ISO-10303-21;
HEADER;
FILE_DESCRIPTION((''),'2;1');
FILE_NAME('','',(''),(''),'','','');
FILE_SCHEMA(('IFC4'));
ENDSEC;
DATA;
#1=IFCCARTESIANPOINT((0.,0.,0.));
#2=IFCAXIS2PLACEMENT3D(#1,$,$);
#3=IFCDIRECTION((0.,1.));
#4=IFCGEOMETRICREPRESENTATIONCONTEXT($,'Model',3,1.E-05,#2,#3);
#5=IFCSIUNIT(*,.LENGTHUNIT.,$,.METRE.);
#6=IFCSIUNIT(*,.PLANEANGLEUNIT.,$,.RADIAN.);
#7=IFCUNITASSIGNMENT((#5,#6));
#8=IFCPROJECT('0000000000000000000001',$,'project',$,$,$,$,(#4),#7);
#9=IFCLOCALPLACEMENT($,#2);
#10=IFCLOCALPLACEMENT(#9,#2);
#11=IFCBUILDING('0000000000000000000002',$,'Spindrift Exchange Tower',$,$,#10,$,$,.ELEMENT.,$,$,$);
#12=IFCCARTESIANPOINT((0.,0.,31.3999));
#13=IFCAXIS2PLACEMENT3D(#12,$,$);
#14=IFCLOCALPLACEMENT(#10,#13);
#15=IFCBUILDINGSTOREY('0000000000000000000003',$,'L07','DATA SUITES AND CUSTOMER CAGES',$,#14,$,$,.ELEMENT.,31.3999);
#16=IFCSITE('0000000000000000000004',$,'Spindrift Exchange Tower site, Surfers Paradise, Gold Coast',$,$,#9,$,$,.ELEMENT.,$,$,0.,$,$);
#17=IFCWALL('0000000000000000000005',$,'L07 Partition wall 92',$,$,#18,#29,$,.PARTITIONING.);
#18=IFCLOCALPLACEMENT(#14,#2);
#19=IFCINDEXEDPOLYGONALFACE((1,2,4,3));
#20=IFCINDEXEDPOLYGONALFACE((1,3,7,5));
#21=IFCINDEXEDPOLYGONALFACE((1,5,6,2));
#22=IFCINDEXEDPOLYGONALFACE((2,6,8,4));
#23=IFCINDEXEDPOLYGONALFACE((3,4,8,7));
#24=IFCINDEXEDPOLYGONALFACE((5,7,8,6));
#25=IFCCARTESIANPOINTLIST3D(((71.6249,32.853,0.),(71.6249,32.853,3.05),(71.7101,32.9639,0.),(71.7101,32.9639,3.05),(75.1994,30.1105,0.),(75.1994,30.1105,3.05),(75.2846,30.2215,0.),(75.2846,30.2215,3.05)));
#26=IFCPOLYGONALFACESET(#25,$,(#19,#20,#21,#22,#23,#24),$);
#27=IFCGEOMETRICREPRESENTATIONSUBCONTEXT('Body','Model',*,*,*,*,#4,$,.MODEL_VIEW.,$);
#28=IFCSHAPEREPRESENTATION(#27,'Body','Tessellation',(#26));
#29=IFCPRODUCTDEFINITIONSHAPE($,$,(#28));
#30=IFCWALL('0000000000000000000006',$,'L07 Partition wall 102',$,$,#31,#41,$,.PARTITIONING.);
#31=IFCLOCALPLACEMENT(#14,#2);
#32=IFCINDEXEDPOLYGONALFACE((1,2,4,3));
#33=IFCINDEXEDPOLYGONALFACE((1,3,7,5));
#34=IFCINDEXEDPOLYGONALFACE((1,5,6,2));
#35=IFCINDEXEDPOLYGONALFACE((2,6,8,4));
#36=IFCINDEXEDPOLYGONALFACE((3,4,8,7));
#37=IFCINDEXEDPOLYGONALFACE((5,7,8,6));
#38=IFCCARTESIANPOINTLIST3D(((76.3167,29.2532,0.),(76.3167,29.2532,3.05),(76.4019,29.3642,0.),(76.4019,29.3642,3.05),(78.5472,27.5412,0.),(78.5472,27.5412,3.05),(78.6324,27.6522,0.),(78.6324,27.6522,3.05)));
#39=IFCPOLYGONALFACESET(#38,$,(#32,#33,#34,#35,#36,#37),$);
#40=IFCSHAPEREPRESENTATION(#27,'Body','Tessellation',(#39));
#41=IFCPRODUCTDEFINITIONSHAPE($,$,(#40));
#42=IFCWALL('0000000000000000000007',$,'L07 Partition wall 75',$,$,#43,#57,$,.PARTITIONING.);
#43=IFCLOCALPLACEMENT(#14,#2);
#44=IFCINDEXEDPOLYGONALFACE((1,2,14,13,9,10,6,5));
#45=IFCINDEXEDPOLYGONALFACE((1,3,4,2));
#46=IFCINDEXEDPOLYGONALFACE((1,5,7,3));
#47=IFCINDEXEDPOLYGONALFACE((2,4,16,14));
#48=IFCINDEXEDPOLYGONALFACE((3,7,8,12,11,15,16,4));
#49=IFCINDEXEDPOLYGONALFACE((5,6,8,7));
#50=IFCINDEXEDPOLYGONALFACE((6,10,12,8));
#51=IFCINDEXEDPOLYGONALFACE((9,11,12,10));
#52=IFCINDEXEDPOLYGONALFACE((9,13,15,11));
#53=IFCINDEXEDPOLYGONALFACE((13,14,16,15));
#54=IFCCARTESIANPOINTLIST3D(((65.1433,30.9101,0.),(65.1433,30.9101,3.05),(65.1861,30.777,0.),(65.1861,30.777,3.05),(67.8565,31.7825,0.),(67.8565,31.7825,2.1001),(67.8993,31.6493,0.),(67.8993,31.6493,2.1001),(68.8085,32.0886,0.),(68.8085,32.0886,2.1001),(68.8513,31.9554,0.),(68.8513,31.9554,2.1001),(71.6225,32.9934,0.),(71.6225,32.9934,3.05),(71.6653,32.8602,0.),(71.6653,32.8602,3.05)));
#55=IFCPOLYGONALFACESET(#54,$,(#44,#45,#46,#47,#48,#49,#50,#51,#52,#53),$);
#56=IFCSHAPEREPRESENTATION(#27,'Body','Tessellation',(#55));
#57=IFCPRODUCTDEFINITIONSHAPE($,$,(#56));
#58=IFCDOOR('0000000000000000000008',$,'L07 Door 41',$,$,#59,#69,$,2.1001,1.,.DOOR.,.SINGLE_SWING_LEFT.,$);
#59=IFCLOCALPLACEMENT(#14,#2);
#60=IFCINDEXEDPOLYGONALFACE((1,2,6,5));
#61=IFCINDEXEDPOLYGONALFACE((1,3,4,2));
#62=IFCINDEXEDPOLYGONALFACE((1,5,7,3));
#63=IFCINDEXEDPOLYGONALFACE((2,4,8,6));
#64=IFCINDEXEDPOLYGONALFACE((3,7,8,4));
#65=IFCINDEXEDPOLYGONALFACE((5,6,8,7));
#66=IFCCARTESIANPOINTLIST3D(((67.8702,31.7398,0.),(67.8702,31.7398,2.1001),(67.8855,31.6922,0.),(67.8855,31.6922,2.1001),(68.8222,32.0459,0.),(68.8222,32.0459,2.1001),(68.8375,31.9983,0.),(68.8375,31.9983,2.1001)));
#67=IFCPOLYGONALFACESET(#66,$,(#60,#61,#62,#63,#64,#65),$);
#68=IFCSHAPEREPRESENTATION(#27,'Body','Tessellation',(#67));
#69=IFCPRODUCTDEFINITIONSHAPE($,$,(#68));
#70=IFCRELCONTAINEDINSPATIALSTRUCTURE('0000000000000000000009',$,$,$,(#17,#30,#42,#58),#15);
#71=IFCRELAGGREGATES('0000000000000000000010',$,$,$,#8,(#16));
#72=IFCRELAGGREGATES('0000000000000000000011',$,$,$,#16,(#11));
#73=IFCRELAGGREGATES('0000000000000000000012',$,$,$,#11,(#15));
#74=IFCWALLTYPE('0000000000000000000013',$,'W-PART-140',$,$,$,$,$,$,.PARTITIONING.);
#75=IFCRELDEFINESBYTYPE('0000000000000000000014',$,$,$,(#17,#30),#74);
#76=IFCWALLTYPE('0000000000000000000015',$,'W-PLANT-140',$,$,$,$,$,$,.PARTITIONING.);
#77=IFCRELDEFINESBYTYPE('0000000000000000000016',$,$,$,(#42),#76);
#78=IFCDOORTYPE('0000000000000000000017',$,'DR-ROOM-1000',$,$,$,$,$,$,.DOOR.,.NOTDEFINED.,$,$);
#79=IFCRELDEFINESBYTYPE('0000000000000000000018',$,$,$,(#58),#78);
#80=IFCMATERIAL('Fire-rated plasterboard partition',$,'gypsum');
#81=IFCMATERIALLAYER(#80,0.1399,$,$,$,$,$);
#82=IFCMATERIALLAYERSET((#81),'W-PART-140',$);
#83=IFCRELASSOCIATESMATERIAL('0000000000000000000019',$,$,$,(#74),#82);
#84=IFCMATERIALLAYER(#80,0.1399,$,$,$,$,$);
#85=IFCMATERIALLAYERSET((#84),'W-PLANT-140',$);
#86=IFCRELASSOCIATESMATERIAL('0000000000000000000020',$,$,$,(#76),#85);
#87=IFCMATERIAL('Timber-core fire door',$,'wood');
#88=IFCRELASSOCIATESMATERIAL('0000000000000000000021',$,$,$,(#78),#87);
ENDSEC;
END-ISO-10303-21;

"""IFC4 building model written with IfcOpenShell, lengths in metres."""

from ifc_helpers import new_model, si_unit, direction, frame, frame_2d, origin, place, context, subcontext, project, spatial, rectangle, extrude, source, transform, mapped, material, layer, layer_set, type_object, element, fill, save


model = new_model("IFC4")

# Units and contexts
model_context = context("Model", 3, precision=1e-05, world=origin(), true_north=direction((0.0, 1.0)))
body_context = subcontext(model_context, "Body", "Model", "MODEL_VIEW")
ifc_project = project(units=[si_unit("LENGTHUNIT", "METRE"), si_unit("PLANEANGLEUNIT", "RADIAN")], contexts=[model_context])

# Site, building, storey
site_placement = place(None, origin())
site = spatial("IfcSite", under=ifc_project, at=site_placement, Name="Spindrift Exchange Tower site, Surfers Paradise, Gold Coast", CompositionType="ELEMENT", RefElevation=0.0)
building_placement = place(site_placement, origin())
building = spatial("IfcBuilding", under=site, at=building_placement, Name="Spindrift Exchange Tower", CompositionType="ELEMENT")
storey_placement = place(building_placement, frame((0.0, 0.0, 31.3999)))
storey = spatial("IfcBuildingStorey", under=building, at=storey_placement, Name="L07", Description="DATA SUITES AND CUSTOMER CAGES", CompositionType="ELEMENT", Elevation=31.3999)

# Walls
ifc_material_1 = material(Name="Fire-rated plasterboard partition", Category="gypsum")
ifc_layer_1 = layer(ifc_material_1, 0.1399)
ifc_layer_set_1 = layer_set([ifc_layer_1], Name="W-PART-140")
wall_type_1 = type_object("IfcWallType", Name="W-PART-140", PredefinedType="PARTITIONING", material=ifc_layer_set_1)
wall_1_placement = place(storey_placement, frame((71.6675, 32.9084, 0.0), z_axis=(0.0, 0.0, 1.0), x_axis=(0.793391, -0.608713, 0.0)))
element("IfcWall", 1, at=wall_1_placement, inside=storey, type_object=wall_type_1, Name="L07 Partition wall 92", PredefinedType="PARTITIONING", context=body_context, shape_type="SweptSolid", body=[
    extrude(rectangle(XDim=4.5054, YDim=0.1399, at=frame_2d((2.2527, 0.0))), origin(), (0.0, 0.0, 1.0), 3.05),
])
wall_2_placement = place(storey_placement, frame((76.3594, 29.3086, 0.0), z_axis=(0.0, 0.0, 1.0), x_axis=(0.793282, -0.608854, 0.0)))
element("IfcWall", 2, at=wall_2_placement, inside=storey, type_object=wall_type_1, Name="L07 Partition wall 102", PredefinedType="PARTITIONING", context=body_context, shape_type="SweptSolid", body=[
    extrude(rectangle(XDim=2.8118, YDim=0.1399, at=frame_2d((1.4058, 0.0))), origin(), (0.0, 0.0, 1.0), 3.05),
])

# Wall, opening, door
ifc_layer_2 = layer(ifc_material_1, 0.1399)
ifc_layer_set_2 = layer_set([ifc_layer_2], Name="W-PLANT-140")
wall_type_2 = type_object("IfcWallType", Name="W-PLANT-140", PredefinedType="PARTITIONING", material=ifc_layer_set_2)
wall_3_placement = place(storey_placement, frame((71.6438, 32.9268, 0.0), z_axis=(0.0, 0.0, 1.0), x_axis=(-0.952001, -0.306094, 0.0)))
wall_3 = element("IfcWall", 3, at=wall_3_placement, inside=storey, type_object=wall_type_2, Name="L07 Partition wall 75", PredefinedType="PARTITIONING", context=body_context, shape_type="SweptSolid", body=[
    extrude(rectangle(XDim=6.8059, YDim=0.1399, at=frame_2d((3.4028, 0.0))), origin(), (0.0, 0.0, 1.0), 3.05),
])
opening_placement = place(wall_3_placement, frame((2.9558, 0.0, 0.0)))
opening = element("IfcOpeningElement", 4, at=opening_placement, cuts=wall_3, PredefinedType="OPENING", context=body_context, shape_type="SweptSolid", body=[
    extrude(rectangle(XDim=1.0, YDim=2.1001, at=frame_2d((0.5, 1.05))), frame((0.0, 0.0798, 0.0), z_axis=(0.0, -1.0, 0.0), x_axis=(1.0, 0.0, 0.0)), (0.0, 0.0, 1.0), 0.1599),
])
ifc_material_2 = material(Name="Timber-core fire door", Category="wood")
door_type = type_object("IfcDoorType", Name="DR-ROOM-1000", OperationType="NOTDEFINED", PredefinedType="DOOR", material=ifc_material_2)
shared_shape_1 = source(origin(), body_context, "Body", "SweptSolid", [
    extrude(rectangle(XDim=1.0, YDim=2.1001, at=frame_2d((0.5, 1.05))), frame((0.0, 0.0249, 0.0), z_axis=(0.0, -1.0, 0.0), x_axis=(1.0, 0.0, 0.0)), (0.0, 0.0, 1.0), 0.05),
])
door_placement = place(opening_placement, origin())
door = element("IfcDoor", 5, at=door_placement, inside=storey, type_object=door_type, Name="L07 Door 41", OperationType="SINGLE_SWING_LEFT", OverallHeight=2.1001, OverallWidth=1.0, PredefinedType="DOOR", context=body_context, shape_type="MappedRepresentation", body=[
    mapped(shared_shape_1, transform((0.0, 0.0, 0.0), scale=1.0)),
])
fill(opening, door)

save(model, "model.ifc")
